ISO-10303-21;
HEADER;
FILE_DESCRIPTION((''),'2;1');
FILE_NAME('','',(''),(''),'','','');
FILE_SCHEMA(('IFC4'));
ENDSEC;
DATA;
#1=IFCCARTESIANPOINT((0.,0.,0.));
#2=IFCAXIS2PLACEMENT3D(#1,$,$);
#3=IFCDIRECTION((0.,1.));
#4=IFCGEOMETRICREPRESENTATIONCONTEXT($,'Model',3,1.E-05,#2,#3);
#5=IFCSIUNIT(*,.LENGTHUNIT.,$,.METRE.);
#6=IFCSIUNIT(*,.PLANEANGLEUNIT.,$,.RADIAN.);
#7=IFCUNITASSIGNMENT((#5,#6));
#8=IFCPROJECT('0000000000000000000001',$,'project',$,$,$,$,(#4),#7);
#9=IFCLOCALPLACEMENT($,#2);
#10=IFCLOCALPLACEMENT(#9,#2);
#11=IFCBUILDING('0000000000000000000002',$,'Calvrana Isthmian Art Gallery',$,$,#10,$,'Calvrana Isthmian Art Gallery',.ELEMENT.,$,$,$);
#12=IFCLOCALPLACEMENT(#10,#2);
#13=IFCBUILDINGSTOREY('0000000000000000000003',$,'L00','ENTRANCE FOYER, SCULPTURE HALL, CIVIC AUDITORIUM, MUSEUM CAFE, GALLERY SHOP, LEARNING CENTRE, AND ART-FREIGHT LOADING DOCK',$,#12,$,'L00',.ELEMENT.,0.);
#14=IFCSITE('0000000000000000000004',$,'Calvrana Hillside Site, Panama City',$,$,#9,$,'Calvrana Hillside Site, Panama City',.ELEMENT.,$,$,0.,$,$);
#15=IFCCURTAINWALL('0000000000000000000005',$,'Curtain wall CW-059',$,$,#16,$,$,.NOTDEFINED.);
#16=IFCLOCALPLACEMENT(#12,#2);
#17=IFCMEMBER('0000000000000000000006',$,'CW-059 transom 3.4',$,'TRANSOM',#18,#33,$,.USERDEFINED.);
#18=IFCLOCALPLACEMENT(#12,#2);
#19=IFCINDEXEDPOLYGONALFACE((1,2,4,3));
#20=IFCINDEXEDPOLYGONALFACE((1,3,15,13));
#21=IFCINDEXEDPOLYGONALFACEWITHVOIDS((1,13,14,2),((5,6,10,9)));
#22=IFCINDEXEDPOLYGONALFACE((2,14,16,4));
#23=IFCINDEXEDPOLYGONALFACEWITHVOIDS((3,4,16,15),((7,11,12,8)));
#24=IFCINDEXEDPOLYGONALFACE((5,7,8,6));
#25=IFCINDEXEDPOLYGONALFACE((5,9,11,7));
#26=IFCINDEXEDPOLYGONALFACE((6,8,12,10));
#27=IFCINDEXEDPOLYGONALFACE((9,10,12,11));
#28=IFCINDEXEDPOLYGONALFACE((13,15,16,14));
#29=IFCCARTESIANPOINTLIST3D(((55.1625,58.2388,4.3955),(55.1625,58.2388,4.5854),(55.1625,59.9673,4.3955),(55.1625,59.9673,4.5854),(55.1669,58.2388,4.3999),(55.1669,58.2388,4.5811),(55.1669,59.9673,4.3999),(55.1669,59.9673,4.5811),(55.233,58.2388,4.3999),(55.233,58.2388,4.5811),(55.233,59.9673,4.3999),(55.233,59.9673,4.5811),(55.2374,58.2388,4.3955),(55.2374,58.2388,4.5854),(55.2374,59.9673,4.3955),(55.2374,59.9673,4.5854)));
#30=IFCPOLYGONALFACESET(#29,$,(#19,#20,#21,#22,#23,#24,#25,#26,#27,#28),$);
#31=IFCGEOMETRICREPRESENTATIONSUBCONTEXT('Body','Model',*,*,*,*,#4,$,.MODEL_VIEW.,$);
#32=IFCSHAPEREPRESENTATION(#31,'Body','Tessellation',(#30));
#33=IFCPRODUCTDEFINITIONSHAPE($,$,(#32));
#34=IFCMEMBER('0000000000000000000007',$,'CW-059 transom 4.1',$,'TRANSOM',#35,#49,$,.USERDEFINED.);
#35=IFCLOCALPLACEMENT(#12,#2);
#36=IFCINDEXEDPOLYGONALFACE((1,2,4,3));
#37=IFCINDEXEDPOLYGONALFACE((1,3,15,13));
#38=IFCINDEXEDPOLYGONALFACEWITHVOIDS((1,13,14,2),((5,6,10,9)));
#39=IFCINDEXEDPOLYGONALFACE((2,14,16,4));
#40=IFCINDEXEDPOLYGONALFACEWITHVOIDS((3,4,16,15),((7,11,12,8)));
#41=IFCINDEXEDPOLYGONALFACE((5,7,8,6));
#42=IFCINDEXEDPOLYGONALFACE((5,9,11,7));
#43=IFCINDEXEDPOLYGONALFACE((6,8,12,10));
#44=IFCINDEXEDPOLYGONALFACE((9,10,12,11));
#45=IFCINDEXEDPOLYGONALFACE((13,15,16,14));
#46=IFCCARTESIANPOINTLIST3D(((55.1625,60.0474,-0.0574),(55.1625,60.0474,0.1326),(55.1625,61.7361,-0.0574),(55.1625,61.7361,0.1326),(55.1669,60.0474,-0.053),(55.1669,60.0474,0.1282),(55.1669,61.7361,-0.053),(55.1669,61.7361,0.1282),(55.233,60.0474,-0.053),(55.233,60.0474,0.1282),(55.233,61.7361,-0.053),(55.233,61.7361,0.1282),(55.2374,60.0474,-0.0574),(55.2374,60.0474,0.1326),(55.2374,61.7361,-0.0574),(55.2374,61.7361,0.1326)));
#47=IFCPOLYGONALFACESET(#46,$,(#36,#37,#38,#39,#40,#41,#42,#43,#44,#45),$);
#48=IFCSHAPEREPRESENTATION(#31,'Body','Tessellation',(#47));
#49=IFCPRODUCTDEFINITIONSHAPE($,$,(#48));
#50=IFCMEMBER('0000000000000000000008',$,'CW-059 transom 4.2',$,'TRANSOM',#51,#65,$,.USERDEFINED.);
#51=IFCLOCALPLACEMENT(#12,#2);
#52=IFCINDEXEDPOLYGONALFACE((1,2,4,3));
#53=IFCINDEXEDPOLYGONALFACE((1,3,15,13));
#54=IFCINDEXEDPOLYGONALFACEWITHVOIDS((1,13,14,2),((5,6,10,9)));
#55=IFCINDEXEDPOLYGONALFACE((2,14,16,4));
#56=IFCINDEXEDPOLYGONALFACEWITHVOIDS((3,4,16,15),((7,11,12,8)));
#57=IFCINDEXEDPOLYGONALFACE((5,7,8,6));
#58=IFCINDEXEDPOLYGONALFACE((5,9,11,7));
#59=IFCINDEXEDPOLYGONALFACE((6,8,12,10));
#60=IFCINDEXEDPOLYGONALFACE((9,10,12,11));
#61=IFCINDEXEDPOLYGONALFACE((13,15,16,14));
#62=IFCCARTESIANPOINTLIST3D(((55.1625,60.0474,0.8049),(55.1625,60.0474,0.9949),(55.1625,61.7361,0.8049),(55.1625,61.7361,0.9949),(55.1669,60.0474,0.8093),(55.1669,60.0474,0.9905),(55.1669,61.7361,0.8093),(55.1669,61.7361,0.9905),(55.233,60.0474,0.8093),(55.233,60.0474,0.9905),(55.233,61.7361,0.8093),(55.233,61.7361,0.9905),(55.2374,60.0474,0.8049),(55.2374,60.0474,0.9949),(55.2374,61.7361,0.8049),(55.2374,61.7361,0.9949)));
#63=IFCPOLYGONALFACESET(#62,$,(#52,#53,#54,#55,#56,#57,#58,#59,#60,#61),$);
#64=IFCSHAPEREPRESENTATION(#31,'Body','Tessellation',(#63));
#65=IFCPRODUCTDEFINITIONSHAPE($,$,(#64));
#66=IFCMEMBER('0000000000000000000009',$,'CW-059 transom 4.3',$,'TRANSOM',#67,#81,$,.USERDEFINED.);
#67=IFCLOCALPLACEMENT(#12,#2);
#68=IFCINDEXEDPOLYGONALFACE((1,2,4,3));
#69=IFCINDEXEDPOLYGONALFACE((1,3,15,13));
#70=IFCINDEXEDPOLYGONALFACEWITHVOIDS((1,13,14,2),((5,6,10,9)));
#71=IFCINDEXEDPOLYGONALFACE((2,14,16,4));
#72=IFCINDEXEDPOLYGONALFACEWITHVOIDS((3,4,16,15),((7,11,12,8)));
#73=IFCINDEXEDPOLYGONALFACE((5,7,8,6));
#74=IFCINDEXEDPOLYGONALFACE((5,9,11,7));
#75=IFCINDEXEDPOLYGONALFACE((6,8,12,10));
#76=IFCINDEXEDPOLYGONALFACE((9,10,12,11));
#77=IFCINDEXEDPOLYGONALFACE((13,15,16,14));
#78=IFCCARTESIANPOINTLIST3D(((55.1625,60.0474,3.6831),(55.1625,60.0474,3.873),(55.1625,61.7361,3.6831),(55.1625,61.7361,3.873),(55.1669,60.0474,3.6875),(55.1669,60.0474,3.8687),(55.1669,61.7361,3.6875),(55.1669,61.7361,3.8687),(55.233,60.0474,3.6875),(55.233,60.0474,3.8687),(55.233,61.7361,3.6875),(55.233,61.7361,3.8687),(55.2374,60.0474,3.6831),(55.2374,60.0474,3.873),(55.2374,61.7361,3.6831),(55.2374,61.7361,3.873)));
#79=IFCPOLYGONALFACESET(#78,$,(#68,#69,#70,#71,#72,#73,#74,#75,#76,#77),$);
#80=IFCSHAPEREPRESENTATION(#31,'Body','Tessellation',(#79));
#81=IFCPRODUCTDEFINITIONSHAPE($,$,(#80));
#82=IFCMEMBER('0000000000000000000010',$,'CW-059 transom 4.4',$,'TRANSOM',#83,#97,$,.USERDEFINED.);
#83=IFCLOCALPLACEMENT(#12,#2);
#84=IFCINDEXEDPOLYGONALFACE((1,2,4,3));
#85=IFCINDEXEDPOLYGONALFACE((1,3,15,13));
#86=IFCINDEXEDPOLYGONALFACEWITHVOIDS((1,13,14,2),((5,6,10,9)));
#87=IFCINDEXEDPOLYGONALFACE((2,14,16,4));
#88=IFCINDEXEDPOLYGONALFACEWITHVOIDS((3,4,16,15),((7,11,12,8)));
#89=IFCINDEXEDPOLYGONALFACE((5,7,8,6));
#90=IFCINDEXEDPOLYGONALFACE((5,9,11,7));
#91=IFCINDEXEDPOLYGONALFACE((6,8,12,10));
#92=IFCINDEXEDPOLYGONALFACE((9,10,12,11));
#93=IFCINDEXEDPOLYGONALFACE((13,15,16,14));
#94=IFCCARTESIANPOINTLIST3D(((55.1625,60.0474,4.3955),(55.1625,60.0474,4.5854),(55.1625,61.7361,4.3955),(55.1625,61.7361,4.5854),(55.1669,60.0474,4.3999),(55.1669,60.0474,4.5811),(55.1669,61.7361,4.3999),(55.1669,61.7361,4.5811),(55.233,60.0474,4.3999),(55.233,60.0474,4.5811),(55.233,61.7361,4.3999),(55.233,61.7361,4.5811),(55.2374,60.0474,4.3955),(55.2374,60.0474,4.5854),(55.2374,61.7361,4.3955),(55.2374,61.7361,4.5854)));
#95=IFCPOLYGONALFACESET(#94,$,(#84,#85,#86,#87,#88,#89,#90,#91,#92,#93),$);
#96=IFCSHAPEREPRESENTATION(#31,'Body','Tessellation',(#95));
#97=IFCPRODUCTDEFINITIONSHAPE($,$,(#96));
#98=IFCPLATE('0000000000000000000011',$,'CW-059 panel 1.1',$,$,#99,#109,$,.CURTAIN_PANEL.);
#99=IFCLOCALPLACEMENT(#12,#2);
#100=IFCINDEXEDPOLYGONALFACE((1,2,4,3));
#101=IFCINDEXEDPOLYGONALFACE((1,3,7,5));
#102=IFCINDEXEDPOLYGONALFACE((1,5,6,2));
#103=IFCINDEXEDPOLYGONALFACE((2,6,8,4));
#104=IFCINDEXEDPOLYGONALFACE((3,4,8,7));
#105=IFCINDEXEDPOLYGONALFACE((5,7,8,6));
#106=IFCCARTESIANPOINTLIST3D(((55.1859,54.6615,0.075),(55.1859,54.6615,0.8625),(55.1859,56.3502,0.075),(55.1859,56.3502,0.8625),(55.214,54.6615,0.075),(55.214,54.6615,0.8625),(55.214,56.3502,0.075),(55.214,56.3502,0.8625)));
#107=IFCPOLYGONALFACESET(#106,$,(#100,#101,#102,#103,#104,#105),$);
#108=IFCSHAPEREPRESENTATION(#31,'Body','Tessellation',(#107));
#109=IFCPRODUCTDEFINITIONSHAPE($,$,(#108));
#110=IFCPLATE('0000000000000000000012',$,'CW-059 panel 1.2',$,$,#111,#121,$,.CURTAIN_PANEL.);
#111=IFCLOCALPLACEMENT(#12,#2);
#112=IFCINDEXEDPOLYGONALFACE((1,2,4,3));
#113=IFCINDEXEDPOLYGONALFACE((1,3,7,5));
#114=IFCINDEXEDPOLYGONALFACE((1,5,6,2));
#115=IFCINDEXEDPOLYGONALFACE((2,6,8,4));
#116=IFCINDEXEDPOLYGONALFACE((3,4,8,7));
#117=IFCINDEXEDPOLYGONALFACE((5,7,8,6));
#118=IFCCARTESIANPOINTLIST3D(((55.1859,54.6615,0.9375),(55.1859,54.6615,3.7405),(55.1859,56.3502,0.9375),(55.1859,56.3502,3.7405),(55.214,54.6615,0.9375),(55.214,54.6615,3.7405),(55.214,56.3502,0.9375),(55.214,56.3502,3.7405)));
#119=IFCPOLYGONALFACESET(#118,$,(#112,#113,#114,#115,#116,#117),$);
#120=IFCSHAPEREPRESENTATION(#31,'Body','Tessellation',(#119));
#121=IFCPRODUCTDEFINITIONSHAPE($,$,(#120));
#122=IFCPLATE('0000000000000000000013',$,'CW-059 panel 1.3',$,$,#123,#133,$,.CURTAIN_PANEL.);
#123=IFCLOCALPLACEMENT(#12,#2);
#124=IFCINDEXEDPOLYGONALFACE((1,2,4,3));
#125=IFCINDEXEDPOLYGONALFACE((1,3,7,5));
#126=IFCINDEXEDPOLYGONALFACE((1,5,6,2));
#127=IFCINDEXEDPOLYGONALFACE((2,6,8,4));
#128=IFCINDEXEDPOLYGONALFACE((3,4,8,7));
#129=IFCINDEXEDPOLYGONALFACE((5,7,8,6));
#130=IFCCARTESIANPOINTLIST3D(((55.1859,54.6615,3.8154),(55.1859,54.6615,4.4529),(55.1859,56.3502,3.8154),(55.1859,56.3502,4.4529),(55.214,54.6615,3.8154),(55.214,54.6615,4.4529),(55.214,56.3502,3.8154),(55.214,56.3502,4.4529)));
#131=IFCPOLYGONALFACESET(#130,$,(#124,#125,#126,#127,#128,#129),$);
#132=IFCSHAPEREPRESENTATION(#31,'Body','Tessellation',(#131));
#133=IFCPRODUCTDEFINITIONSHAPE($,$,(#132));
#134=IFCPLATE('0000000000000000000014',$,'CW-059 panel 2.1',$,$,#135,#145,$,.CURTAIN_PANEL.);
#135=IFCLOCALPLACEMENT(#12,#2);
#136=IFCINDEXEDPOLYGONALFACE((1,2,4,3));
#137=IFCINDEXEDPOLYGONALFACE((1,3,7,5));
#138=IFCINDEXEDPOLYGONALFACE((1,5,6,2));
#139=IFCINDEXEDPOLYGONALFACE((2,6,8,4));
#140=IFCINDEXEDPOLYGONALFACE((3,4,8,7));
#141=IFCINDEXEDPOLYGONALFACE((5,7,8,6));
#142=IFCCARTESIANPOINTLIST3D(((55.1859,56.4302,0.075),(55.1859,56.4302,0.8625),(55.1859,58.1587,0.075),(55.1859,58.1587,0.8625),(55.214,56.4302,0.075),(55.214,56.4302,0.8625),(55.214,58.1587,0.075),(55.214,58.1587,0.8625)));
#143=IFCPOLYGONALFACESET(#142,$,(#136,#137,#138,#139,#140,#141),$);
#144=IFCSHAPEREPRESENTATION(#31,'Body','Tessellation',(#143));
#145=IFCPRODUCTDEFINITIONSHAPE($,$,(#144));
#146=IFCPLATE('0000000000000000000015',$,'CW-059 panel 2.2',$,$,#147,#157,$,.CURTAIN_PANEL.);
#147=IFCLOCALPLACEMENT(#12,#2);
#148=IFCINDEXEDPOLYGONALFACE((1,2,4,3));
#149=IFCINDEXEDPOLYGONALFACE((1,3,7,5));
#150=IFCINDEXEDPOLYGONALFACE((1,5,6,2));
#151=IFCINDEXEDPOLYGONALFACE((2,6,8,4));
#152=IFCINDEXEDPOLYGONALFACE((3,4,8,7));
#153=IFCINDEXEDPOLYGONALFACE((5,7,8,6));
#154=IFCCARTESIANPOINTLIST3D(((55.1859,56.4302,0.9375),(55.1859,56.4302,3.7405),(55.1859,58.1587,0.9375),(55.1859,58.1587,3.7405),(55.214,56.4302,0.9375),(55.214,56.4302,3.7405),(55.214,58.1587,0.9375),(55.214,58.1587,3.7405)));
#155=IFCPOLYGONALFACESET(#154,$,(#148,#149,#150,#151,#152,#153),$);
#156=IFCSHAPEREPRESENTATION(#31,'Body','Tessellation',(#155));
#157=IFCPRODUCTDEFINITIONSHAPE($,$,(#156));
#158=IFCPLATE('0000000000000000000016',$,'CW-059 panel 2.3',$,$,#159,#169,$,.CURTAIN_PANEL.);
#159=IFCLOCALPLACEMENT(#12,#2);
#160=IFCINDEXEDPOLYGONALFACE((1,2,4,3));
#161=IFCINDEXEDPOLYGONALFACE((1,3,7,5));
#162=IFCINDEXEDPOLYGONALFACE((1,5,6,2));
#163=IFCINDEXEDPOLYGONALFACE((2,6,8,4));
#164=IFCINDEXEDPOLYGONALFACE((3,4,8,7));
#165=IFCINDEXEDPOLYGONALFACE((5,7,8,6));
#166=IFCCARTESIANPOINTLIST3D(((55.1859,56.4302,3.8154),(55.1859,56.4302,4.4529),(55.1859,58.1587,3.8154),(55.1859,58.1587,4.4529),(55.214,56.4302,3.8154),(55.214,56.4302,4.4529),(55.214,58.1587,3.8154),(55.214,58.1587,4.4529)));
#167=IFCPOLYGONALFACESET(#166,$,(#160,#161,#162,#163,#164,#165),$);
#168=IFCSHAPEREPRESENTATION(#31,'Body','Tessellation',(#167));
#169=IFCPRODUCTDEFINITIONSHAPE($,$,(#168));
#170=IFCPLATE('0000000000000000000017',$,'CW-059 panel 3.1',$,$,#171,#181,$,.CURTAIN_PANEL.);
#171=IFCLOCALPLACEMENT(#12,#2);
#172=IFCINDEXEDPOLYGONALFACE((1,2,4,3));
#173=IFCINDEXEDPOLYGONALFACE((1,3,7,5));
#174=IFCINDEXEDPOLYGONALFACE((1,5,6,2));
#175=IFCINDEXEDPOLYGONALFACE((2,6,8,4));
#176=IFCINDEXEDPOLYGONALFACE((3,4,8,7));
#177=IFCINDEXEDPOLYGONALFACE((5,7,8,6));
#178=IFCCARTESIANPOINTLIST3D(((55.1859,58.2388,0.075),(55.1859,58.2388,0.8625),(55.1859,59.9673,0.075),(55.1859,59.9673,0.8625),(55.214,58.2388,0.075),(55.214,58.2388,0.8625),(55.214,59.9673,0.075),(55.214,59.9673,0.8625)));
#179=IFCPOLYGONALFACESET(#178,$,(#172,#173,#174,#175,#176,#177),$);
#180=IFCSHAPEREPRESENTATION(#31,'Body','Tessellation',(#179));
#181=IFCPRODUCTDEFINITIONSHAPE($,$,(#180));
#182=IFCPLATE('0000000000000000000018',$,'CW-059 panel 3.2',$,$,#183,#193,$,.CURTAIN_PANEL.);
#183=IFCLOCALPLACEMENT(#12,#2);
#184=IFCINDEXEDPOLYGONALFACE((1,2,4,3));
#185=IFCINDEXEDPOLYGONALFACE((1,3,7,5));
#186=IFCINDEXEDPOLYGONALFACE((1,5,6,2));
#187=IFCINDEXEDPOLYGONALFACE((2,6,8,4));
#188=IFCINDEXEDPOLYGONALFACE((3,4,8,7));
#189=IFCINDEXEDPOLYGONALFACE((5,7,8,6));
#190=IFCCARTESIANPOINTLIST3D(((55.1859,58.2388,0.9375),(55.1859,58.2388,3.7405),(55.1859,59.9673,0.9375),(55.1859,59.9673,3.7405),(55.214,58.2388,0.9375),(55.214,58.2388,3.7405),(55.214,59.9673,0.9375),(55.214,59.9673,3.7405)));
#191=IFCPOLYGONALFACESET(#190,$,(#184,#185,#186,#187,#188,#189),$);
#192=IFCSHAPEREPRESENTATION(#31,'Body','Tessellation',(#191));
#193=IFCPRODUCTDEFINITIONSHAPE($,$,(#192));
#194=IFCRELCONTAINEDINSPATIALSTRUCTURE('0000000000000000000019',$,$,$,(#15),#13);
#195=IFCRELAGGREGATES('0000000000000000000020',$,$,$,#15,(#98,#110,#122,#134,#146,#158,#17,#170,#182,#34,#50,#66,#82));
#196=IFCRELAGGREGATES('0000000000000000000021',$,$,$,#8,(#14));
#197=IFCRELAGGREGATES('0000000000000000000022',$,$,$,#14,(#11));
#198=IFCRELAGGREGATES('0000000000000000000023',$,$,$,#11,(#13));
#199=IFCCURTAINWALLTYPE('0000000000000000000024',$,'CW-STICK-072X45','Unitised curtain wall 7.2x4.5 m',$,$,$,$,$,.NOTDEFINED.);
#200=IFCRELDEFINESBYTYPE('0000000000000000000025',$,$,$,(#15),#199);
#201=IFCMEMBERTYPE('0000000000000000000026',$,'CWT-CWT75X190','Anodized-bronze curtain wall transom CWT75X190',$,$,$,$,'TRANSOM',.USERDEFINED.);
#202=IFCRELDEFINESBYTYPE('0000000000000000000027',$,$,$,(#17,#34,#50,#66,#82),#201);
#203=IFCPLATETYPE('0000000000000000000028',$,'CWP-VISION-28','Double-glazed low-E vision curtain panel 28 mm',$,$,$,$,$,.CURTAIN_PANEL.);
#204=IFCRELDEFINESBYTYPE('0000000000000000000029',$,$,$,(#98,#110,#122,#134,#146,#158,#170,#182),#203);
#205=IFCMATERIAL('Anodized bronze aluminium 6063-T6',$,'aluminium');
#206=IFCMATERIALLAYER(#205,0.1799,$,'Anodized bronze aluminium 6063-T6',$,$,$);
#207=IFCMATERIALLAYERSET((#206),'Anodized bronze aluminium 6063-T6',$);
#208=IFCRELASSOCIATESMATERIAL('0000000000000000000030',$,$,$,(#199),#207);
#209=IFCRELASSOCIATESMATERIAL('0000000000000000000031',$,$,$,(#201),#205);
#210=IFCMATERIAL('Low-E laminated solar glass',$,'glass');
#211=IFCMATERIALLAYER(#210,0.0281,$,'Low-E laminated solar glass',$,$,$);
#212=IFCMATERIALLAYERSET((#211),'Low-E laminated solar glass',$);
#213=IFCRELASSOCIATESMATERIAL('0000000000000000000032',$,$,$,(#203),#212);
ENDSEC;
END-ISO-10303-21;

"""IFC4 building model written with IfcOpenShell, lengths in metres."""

from ifc_helpers import new_model, si_unit, direction, frame, origin, origin_2d, place, context, subcontext, project, spatial, rectangle, hollow_rectangle, extrude, material, layer, layer_set, material_profile, profile_set, type_object, element, aggregate, save


model = new_model("IFC4")

# Units and contexts
model_context = context("Model", 3, precision=1e-05, world=origin(), true_north=direction((0.0, 1.0)))
body_context = subcontext(model_context, "Body", "Model", "MODEL_VIEW")
ifc_project = project(units=[si_unit("LENGTHUNIT", "METRE"), si_unit("PLANEANGLEUNIT", "RADIAN")], contexts=[model_context])

# Site, building, storey
site_placement = place(None, origin())
site = spatial("IfcSite", under=ifc_project, at=site_placement, Name="Calvrana Hillside Site, Panama City", LongName="Calvrana Hillside Site, Panama City", CompositionType="ELEMENT", RefElevation=0.0)
building_placement = place(site_placement, origin())
building = spatial("IfcBuilding", under=site, at=building_placement, Name="Calvrana Isthmian Art Gallery", LongName="Calvrana Isthmian Art Gallery", CompositionType="ELEMENT")
storey_placement = place(building_placement, origin())
storey = spatial("IfcBuildingStorey", under=building, at=storey_placement, Name="L00", Description="ENTRANCE FOYER, SCULPTURE HALL, CIVIC AUDITORIUM, MUSEUM CAFE, GALLERY SHOP, LEARNING CENTRE, AND ART-FREIGHT LOADING DOCK", LongName="L00", CompositionType="ELEMENT", Elevation=0.0)

# Curtain wall, members, plates
ifc_material_1 = material(Name="Anodized bronze aluminium 6063-T6", Category="aluminium")
ifc_layer_1 = layer(ifc_material_1, 0.1799, Name="Anodized bronze aluminium 6063-T6")
ifc_layer_set_1 = layer_set([ifc_layer_1], Name="Anodized bronze aluminium 6063-T6")
curtain_wall_type = type_object("IfcCurtainWallType", Name="CW-STICK-072X45", Description="Unitised curtain wall 7.2x4.5 m", PredefinedType="NOTDEFINED", material=ifc_layer_set_1)
curtain_wall_placement = place(storey_placement, origin())
curtain_wall = element("IfcCurtainWall", 1, at=curtain_wall_placement, inside=storey, type_object=curtain_wall_type, Name="Curtain wall CW-059", PredefinedType="NOTDEFINED")
ifc_material_profile_1 = material_profile(ifc_material_1, hollow_rectangle(XDim=0.075, YDim=0.1899, WallThickness=0.0044, at=origin_2d()), Name="CWT75X190")
ifc_profile_set_1 = profile_set([ifc_material_profile_1], Name="Anodized bronze aluminium 6063-T6")
member_type_1 = type_object("IfcMemberType", Name="CWT-CWT75X190", Description="Anodized-bronze curtain wall transom CWT75X190", ElementType="TRANSOM", PredefinedType="USERDEFINED", material=ifc_profile_set_1)
member_1_placement = place(storey_placement, frame((55.2, 58.2388, 4.4905), z_axis=(0.0, 1.0, 0.0), x_axis=(-1.0, 0.0, 0.0)))
member_1 = element("IfcMember", 2, at=member_1_placement, type_object=member_type_1, Name="CW-059 transom 3.4", ObjectType="TRANSOM", PredefinedType="USERDEFINED", context=body_context, shape_type="SweptSolid", body=[
    extrude(hollow_rectangle(XDim=0.075, YDim=0.1899, WallThickness=0.0044, at=origin_2d()), origin(), (0.0, 0.0, 1.0), 1.7285),
])
member_2_placement = place(storey_placement, frame((55.2, 60.0474, 0.0376), z_axis=(0.0, 1.0, 0.0), x_axis=(-1.0, 0.0, 0.0)))
member_2 = element("IfcMember", 3, at=member_2_placement, type_object=member_type_1, Name="CW-059 transom 4.1", ObjectType="TRANSOM", PredefinedType="USERDEFINED", context=body_context, shape_type="SweptSolid", body=[
    extrude(hollow_rectangle(XDim=0.075, YDim=0.1899, WallThickness=0.0044, at=origin_2d()), origin(), (0.0, 0.0, 1.0), 1.6887),
])
member_3_placement = place(storey_placement, frame((55.2, 60.0474, 0.8999), z_axis=(0.0, 1.0, 0.0), x_axis=(-1.0, 0.0, 0.0)))
member_3 = element("IfcMember", 4, at=member_3_placement, type_object=member_type_1, Name="CW-059 transom 4.2", ObjectType="TRANSOM", PredefinedType="USERDEFINED", context=body_context, shape_type="SweptSolid", body=[
    extrude(hollow_rectangle(XDim=0.075, YDim=0.1899, WallThickness=0.0044, at=origin_2d()), origin(), (0.0, 0.0, 1.0), 1.6887),
])
member_4_placement = place(storey_placement, frame((55.2, 60.0474, 3.7781), z_axis=(0.0, 1.0, 0.0), x_axis=(-1.0, 0.0, 0.0)))
member_4 = element("IfcMember", 5, at=member_4_placement, type_object=member_type_1, Name="CW-059 transom 4.3", ObjectType="TRANSOM", PredefinedType="USERDEFINED", context=body_context, shape_type="SweptSolid", body=[
    extrude(hollow_rectangle(XDim=0.075, YDim=0.1899, WallThickness=0.0044, at=origin_2d()), origin(), (0.0, 0.0, 1.0), 1.6887),
])
member_5_placement = place(storey_placement, frame((55.2, 60.0474, 4.4905), z_axis=(0.0, 1.0, 0.0), x_axis=(-1.0, 0.0, 0.0)))
member_5 = element("IfcMember", 6, at=member_5_placement, type_object=member_type_1, Name="CW-059 transom 4.4", ObjectType="TRANSOM", PredefinedType="USERDEFINED", context=body_context, shape_type="SweptSolid", body=[
    extrude(hollow_rectangle(XDim=0.075, YDim=0.1899, WallThickness=0.0044, at=origin_2d()), origin(), (0.0, 0.0, 1.0), 1.6887),
])
ifc_material_2 = material(Name="Low-E laminated solar glass", Category="glass")
ifc_layer_2 = layer(ifc_material_2, 0.0281, Name="Low-E laminated solar glass")
ifc_layer_set_2 = layer_set([ifc_layer_2], Name="Low-E laminated solar glass")
plate_type = type_object("IfcPlateType", Name="CWP-VISION-28", Description="Double-glazed low-E vision curtain panel 28 mm", PredefinedType="CURTAIN_PANEL", material=ifc_layer_set_2)
plate_1_placement = place(storey_placement, frame((55.2, 55.5059, 0.075), z_axis=(0.0, 0.0, 1.0), x_axis=(0.0, 1.0, 0.0)))
plate_1 = element("IfcPlate", 7, at=plate_1_placement, type_object=plate_type, Name="CW-059 panel 1.1", PredefinedType="CURTAIN_PANEL", context=body_context, shape_type="SweptSolid", body=[
    extrude(rectangle(XDim=1.6887, YDim=0.0281, at=origin_2d()), origin(), (0.0, 0.0, 1.0), 0.7876),
])
plate_2_placement = place(storey_placement, frame((55.2, 55.5059, 0.9375), z_axis=(0.0, 0.0, 1.0), x_axis=(0.0, 1.0, 0.0)))
plate_2 = element("IfcPlate", 8, at=plate_2_placement, type_object=plate_type, Name="CW-059 panel 1.2", PredefinedType="CURTAIN_PANEL", context=body_context, shape_type="SweptSolid", body=[
    extrude(rectangle(XDim=1.6887, YDim=0.0281, at=origin_2d()), origin(), (0.0, 0.0, 1.0), 2.803),
])
plate_3_placement = place(storey_placement, frame((55.2, 55.5059, 3.8154), z_axis=(0.0, 0.0, 1.0), x_axis=(0.0, 1.0, 0.0)))
plate_3 = element("IfcPlate", 9, at=plate_3_placement, type_object=plate_type, Name="CW-059 panel 1.3", PredefinedType="CURTAIN_PANEL", context=body_context, shape_type="SweptSolid", body=[
    extrude(rectangle(XDim=1.6887, YDim=0.0281, at=origin_2d()), origin(), (0.0, 0.0, 1.0), 0.6375),
])
plate_4_placement = place(storey_placement, frame((55.2, 57.2944, 0.075), z_axis=(0.0, 0.0, 1.0), x_axis=(0.0, 1.0, 0.0)))
plate_4 = element("IfcPlate", 10, at=plate_4_placement, type_object=plate_type, Name="CW-059 panel 2.1", PredefinedType="CURTAIN_PANEL", context=body_context, shape_type="SweptSolid", body=[
    extrude(rectangle(XDim=1.7285, YDim=0.0281, at=origin_2d()), origin(), (0.0, 0.0, 1.0), 0.7876),
])
plate_5_placement = place(storey_placement, frame((55.2, 57.2944, 0.9375), z_axis=(0.0, 0.0, 1.0), x_axis=(0.0, 1.0, 0.0)))
plate_5 = element("IfcPlate", 11, at=plate_5_placement, type_object=plate_type, Name="CW-059 panel 2.2", PredefinedType="CURTAIN_PANEL", context=body_context, shape_type="SweptSolid", body=[
    extrude(rectangle(XDim=1.7285, YDim=0.0281, at=origin_2d()), origin(), (0.0, 0.0, 1.0), 2.803),
])
plate_6_placement = place(storey_placement, frame((55.2, 57.2944, 3.8154), z_axis=(0.0, 0.0, 1.0), x_axis=(0.0, 1.0, 0.0)))
plate_6 = element("IfcPlate", 12, at=plate_6_placement, type_object=plate_type, Name="CW-059 panel 2.3", PredefinedType="CURTAIN_PANEL", context=body_context, shape_type="SweptSolid", body=[
    extrude(rectangle(XDim=1.7285, YDim=0.0281, at=origin_2d()), origin(), (0.0, 0.0, 1.0), 0.6375),
])
plate_7_placement = place(storey_placement, frame((55.2, 59.103, 0.075), z_axis=(0.0, 0.0, 1.0), x_axis=(0.0, 1.0, 0.0)))
plate_7 = element("IfcPlate", 13, at=plate_7_placement, type_object=plate_type, Name="CW-059 panel 3.1", PredefinedType="CURTAIN_PANEL", context=body_context, shape_type="SweptSolid", body=[
    extrude(rectangle(XDim=1.7285, YDim=0.0281, at=origin_2d()), origin(), (0.0, 0.0, 1.0), 0.7876),
])
plate_8_placement = place(storey_placement, frame((55.2, 59.103, 0.9375), z_axis=(0.0, 0.0, 1.0), x_axis=(0.0, 1.0, 0.0)))
plate_8 = element("IfcPlate", 14, at=plate_8_placement, type_object=plate_type, Name="CW-059 panel 3.2", PredefinedType="CURTAIN_PANEL", context=body_context, shape_type="SweptSolid", body=[
    extrude(rectangle(XDim=1.7285, YDim=0.0281, at=origin_2d()), origin(), (0.0, 0.0, 1.0), 2.803),
])
aggregate(curtain_wall, [plate_1, plate_2, plate_3, plate_4, plate_5, plate_6, member_1, plate_7, plate_8, member_2, member_3, member_4, member_5])

save(model, "model.ifc")
